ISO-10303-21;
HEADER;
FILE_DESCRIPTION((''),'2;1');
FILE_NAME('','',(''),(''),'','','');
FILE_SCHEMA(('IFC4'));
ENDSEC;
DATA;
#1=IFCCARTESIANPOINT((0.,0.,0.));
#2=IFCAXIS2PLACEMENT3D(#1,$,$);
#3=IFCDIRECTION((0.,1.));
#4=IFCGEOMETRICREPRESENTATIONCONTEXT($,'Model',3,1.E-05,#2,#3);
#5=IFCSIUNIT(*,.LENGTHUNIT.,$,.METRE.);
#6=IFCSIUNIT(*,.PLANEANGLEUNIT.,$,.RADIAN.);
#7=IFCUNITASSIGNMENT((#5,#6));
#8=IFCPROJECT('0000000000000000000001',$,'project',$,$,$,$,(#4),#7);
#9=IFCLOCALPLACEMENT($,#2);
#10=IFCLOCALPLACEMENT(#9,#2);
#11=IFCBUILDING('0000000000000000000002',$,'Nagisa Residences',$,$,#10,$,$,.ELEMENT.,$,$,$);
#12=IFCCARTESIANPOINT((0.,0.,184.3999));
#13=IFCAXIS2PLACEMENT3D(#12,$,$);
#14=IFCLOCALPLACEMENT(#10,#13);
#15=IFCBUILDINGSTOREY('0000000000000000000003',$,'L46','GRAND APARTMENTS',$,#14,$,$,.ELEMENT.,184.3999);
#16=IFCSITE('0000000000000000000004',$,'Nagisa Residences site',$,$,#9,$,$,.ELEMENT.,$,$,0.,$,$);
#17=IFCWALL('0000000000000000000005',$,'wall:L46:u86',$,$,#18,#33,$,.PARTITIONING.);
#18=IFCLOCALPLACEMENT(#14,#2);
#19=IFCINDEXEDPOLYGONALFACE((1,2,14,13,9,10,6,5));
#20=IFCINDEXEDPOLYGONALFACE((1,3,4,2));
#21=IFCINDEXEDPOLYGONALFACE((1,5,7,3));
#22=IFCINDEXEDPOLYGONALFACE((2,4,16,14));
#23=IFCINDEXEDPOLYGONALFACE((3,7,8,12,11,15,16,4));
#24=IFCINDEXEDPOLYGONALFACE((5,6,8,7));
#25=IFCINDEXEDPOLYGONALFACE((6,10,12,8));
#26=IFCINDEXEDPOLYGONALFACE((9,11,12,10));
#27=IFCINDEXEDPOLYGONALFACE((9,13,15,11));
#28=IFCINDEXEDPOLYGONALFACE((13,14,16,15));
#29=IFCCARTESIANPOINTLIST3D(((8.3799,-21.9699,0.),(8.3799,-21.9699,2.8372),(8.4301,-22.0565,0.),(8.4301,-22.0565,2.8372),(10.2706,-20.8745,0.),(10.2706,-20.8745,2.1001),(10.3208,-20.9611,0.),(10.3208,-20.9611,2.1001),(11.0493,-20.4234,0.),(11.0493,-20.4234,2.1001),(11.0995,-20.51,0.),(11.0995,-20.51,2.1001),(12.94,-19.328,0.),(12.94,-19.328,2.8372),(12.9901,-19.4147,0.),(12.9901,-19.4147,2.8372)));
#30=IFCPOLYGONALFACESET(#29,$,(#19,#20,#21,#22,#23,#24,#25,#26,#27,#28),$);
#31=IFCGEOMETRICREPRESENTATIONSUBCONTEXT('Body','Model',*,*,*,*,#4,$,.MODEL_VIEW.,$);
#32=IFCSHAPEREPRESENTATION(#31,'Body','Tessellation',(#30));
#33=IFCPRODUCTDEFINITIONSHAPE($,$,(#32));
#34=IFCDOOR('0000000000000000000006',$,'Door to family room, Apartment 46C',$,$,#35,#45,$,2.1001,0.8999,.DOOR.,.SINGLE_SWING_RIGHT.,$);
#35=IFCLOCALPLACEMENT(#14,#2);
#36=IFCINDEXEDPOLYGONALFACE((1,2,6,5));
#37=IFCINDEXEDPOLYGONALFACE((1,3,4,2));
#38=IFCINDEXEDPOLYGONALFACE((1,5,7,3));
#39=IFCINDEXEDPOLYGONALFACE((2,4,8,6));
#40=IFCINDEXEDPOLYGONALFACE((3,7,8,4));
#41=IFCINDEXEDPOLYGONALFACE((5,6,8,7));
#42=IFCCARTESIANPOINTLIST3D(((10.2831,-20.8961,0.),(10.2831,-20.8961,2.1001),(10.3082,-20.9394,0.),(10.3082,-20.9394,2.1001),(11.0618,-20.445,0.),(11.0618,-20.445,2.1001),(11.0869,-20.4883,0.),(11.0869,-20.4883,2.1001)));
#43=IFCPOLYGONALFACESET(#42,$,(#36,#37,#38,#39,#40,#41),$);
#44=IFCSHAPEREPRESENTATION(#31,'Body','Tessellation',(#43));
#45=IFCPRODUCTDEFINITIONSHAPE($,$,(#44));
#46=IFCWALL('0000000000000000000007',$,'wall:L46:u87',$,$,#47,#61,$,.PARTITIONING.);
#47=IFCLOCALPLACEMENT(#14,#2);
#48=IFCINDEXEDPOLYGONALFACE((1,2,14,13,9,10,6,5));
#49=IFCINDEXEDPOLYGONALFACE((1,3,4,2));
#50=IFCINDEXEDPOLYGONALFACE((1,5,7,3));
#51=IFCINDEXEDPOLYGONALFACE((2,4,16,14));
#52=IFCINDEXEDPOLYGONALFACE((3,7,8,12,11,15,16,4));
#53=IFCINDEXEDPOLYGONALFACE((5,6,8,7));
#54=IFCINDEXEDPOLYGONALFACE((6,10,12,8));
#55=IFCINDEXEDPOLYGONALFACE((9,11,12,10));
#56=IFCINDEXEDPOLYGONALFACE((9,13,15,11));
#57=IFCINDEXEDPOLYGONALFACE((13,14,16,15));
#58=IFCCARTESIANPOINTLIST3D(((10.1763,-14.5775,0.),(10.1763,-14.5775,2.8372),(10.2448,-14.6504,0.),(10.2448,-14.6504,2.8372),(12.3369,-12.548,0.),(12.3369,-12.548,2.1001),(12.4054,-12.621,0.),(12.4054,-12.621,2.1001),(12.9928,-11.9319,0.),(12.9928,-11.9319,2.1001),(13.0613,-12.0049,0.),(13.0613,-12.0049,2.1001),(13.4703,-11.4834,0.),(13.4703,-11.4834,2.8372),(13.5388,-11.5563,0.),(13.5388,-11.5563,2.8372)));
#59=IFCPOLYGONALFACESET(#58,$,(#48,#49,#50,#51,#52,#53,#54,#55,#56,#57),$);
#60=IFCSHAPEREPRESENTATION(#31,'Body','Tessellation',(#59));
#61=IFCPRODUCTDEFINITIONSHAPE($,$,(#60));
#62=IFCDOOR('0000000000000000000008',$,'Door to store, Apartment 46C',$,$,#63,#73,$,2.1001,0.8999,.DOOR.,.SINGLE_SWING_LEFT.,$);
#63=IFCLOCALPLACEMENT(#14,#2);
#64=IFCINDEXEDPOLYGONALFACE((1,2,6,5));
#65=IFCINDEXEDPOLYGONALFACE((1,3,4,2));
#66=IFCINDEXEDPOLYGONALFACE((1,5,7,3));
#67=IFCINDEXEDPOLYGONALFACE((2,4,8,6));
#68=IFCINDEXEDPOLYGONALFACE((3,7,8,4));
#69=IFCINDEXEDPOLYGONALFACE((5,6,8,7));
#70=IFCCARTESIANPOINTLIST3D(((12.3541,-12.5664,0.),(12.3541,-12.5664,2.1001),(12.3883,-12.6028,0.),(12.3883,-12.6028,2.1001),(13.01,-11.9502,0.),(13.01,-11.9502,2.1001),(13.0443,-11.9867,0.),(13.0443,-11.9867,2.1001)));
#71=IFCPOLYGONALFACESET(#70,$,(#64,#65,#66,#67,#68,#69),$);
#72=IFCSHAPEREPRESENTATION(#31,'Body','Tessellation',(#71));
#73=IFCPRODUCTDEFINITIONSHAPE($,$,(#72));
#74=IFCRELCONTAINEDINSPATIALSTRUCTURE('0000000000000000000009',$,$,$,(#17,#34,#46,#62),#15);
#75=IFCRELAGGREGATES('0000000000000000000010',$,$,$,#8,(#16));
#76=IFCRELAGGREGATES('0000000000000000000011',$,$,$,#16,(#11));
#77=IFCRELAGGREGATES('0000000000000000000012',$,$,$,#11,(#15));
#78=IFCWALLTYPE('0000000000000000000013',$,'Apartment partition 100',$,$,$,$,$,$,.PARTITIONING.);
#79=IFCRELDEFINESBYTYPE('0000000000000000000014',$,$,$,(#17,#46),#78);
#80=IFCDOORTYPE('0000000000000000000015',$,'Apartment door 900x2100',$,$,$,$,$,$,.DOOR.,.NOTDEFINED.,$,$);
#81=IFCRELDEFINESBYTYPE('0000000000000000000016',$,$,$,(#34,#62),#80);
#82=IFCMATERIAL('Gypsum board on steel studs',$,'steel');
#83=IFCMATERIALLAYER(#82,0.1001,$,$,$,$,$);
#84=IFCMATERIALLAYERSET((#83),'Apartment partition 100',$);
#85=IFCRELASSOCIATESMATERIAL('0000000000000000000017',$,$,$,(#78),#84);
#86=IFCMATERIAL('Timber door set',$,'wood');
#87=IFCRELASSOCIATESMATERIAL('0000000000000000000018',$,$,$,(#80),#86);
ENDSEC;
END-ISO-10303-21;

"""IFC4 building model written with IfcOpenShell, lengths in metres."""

from ifc_helpers import new_model, si_unit, direction, frame, frame_2d, origin, place, context, subcontext, project, spatial, rectangle, extrude, material, layer, layer_set, type_object, element, fill, save


model = new_model("IFC4")

# Units and contexts
model_context = context("Model", 3, precision=1e-05, world=origin(), true_north=direction((0.0, 1.0)))
body_context = subcontext(model_context, "Body", "Model", "MODEL_VIEW")
ifc_project = project(units=[si_unit("LENGTHUNIT", "METRE"), si_unit("PLANEANGLEUNIT", "RADIAN")], contexts=[model_context])

# Site, building, storey
site_placement = place(None, origin())
site = spatial("IfcSite", under=ifc_project, at=site_placement, Name="Nagisa Residences site", CompositionType="ELEMENT", RefElevation=0.0)
building_placement = place(site_placement, origin())
building = spatial("IfcBuilding", under=site, at=building_placement, Name="Nagisa Residences", CompositionType="ELEMENT")
storey_placement = place(building_placement, frame((0.0, 0.0, 184.3999)))
storey = spatial("IfcBuildingStorey", under=building, at=storey_placement, Name="L46", Description="GRAND APARTMENTS", CompositionType="ELEMENT", Elevation=184.3999)

# Shared definitions
ifc_material_1 = material(Name="Gypsum board on steel studs", Category="steel")
ifc_layer_1 = layer(ifc_material_1, 0.1001)
ifc_layer_set_1 = layer_set([ifc_layer_1], Name="Apartment partition 100")
wall_type = type_object("IfcWallType", Name="Apartment partition 100", PredefinedType="PARTITIONING", material=ifc_layer_set_1)
ifc_material_2 = material(Name="Timber door set", Category="wood")
door_type = type_object("IfcDoorType", Name="Apartment door 900x2100", OperationType="NOTDEFINED", PredefinedType="DOOR", material=ifc_material_2)

# Walls, openings, doors
wall_1_placement = place(storey_placement, frame((8.405, -22.0132, 0.0), z_axis=(0.0, 0.0, 1.0), x_axis=(0.865277, 0.501294, 0.0)))
wall_1 = element("IfcWall", 1, at=wall_1_placement, inside=storey, type_object=wall_type, Name="wall:L46:u86", PredefinedType="PARTITIONING", context=body_context, shape_type="SweptSolid", body=[
    extrude(rectangle(XDim=5.27, YDim=0.1001, at=frame_2d((2.635, 0.0))), origin(), (0.0, 0.0, 1.0), 2.8372),
])
opening_1_placement = place(wall_1_placement, frame((2.1851, 0.0, 0.0)))
opening_1 = element("IfcOpeningElement", 2, at=opening_1_placement, cuts=wall_1, PredefinedType="OPENING", context=body_context, shape_type="SweptSolid", body=[
    extrude(rectangle(XDim=0.8999, YDim=2.1001, at=frame_2d((0.45, 1.05))), frame((0.0, 0.0601, 0.0), z_axis=(0.0, -1.0, 0.0), x_axis=(1.0, 0.0, 0.0)), (0.0, 0.0, 1.0), 0.1201),
])
door_1_placement = place(opening_1_placement, frame((0.8999, 0.0, 0.0), x_axis=(-1.0, 0.0, 0.0)))
door_1 = element("IfcDoor", 3, at=door_1_placement, inside=storey, type_object=door_type, Name="Door to family room, Apartment 46C", OperationType="SINGLE_SWING_RIGHT", OverallHeight=2.1001, OverallWidth=0.8999, PredefinedType="DOOR", context=body_context, shape_type="SweptSolid", body=[
    extrude(rectangle(XDim=0.8999, YDim=2.1001, at=frame_2d((0.45, 1.05))), frame((0.0, 0.0249, 0.0), z_axis=(0.0, -1.0, 0.0), x_axis=(1.0, 0.0, 0.0)), (0.0, 0.0, 1.0), 0.05),
])
fill(opening_1, door_1)
wall_2_placement = place(storey_placement, frame((10.2104, -14.614, 0.0), z_axis=(0.0, 0.0, 1.0), x_axis=(0.728883, 0.684638, 0.0)))
wall_2 = element("IfcWall", 4, at=wall_2_placement, inside=storey, type_object=wall_type, Name="wall:L46:u87", PredefinedType="PARTITIONING", context=body_context, shape_type="SweptSolid", body=[
    extrude(rectangle(XDim=4.5193, YDim=0.1001, at=frame_2d((2.2598, 0.0))), origin(), (0.0, 0.0, 1.0), 2.8372),
])
opening_2_placement = place(wall_2_placement, frame((2.9644, 0.0, 0.0)))
opening_2 = element("IfcOpeningElement", 5, at=opening_2_placement, cuts=wall_2, PredefinedType="OPENING", context=body_context, shape_type="SweptSolid", body=[
    extrude(rectangle(XDim=0.8999, YDim=2.1001, at=frame_2d((0.45, 1.05))), frame((0.0, 0.0601, 0.0), z_axis=(0.0, -1.0, 0.0), x_axis=(1.0, 0.0, 0.0)), (0.0, 0.0, 1.0), 0.1201),
])
door_2_placement = place(opening_2_placement, origin())
door_2 = element("IfcDoor", 6, at=door_2_placement, inside=storey, type_object=door_type, Name="Door to store, Apartment 46C", OperationType="SINGLE_SWING_LEFT", OverallHeight=2.1001, OverallWidth=0.8999, PredefinedType="DOOR", context=body_context, shape_type="SweptSolid", body=[
    extrude(rectangle(XDim=0.8999, YDim=2.1001, at=frame_2d((0.45, 1.05))), frame((0.0, 0.0249, 0.0), z_axis=(0.0, -1.0, 0.0), x_axis=(1.0, 0.0, 0.0)), (0.0, 0.0, 1.0), 0.05),
])
fill(opening_2, door_2)

save(model, "model.ifc")
